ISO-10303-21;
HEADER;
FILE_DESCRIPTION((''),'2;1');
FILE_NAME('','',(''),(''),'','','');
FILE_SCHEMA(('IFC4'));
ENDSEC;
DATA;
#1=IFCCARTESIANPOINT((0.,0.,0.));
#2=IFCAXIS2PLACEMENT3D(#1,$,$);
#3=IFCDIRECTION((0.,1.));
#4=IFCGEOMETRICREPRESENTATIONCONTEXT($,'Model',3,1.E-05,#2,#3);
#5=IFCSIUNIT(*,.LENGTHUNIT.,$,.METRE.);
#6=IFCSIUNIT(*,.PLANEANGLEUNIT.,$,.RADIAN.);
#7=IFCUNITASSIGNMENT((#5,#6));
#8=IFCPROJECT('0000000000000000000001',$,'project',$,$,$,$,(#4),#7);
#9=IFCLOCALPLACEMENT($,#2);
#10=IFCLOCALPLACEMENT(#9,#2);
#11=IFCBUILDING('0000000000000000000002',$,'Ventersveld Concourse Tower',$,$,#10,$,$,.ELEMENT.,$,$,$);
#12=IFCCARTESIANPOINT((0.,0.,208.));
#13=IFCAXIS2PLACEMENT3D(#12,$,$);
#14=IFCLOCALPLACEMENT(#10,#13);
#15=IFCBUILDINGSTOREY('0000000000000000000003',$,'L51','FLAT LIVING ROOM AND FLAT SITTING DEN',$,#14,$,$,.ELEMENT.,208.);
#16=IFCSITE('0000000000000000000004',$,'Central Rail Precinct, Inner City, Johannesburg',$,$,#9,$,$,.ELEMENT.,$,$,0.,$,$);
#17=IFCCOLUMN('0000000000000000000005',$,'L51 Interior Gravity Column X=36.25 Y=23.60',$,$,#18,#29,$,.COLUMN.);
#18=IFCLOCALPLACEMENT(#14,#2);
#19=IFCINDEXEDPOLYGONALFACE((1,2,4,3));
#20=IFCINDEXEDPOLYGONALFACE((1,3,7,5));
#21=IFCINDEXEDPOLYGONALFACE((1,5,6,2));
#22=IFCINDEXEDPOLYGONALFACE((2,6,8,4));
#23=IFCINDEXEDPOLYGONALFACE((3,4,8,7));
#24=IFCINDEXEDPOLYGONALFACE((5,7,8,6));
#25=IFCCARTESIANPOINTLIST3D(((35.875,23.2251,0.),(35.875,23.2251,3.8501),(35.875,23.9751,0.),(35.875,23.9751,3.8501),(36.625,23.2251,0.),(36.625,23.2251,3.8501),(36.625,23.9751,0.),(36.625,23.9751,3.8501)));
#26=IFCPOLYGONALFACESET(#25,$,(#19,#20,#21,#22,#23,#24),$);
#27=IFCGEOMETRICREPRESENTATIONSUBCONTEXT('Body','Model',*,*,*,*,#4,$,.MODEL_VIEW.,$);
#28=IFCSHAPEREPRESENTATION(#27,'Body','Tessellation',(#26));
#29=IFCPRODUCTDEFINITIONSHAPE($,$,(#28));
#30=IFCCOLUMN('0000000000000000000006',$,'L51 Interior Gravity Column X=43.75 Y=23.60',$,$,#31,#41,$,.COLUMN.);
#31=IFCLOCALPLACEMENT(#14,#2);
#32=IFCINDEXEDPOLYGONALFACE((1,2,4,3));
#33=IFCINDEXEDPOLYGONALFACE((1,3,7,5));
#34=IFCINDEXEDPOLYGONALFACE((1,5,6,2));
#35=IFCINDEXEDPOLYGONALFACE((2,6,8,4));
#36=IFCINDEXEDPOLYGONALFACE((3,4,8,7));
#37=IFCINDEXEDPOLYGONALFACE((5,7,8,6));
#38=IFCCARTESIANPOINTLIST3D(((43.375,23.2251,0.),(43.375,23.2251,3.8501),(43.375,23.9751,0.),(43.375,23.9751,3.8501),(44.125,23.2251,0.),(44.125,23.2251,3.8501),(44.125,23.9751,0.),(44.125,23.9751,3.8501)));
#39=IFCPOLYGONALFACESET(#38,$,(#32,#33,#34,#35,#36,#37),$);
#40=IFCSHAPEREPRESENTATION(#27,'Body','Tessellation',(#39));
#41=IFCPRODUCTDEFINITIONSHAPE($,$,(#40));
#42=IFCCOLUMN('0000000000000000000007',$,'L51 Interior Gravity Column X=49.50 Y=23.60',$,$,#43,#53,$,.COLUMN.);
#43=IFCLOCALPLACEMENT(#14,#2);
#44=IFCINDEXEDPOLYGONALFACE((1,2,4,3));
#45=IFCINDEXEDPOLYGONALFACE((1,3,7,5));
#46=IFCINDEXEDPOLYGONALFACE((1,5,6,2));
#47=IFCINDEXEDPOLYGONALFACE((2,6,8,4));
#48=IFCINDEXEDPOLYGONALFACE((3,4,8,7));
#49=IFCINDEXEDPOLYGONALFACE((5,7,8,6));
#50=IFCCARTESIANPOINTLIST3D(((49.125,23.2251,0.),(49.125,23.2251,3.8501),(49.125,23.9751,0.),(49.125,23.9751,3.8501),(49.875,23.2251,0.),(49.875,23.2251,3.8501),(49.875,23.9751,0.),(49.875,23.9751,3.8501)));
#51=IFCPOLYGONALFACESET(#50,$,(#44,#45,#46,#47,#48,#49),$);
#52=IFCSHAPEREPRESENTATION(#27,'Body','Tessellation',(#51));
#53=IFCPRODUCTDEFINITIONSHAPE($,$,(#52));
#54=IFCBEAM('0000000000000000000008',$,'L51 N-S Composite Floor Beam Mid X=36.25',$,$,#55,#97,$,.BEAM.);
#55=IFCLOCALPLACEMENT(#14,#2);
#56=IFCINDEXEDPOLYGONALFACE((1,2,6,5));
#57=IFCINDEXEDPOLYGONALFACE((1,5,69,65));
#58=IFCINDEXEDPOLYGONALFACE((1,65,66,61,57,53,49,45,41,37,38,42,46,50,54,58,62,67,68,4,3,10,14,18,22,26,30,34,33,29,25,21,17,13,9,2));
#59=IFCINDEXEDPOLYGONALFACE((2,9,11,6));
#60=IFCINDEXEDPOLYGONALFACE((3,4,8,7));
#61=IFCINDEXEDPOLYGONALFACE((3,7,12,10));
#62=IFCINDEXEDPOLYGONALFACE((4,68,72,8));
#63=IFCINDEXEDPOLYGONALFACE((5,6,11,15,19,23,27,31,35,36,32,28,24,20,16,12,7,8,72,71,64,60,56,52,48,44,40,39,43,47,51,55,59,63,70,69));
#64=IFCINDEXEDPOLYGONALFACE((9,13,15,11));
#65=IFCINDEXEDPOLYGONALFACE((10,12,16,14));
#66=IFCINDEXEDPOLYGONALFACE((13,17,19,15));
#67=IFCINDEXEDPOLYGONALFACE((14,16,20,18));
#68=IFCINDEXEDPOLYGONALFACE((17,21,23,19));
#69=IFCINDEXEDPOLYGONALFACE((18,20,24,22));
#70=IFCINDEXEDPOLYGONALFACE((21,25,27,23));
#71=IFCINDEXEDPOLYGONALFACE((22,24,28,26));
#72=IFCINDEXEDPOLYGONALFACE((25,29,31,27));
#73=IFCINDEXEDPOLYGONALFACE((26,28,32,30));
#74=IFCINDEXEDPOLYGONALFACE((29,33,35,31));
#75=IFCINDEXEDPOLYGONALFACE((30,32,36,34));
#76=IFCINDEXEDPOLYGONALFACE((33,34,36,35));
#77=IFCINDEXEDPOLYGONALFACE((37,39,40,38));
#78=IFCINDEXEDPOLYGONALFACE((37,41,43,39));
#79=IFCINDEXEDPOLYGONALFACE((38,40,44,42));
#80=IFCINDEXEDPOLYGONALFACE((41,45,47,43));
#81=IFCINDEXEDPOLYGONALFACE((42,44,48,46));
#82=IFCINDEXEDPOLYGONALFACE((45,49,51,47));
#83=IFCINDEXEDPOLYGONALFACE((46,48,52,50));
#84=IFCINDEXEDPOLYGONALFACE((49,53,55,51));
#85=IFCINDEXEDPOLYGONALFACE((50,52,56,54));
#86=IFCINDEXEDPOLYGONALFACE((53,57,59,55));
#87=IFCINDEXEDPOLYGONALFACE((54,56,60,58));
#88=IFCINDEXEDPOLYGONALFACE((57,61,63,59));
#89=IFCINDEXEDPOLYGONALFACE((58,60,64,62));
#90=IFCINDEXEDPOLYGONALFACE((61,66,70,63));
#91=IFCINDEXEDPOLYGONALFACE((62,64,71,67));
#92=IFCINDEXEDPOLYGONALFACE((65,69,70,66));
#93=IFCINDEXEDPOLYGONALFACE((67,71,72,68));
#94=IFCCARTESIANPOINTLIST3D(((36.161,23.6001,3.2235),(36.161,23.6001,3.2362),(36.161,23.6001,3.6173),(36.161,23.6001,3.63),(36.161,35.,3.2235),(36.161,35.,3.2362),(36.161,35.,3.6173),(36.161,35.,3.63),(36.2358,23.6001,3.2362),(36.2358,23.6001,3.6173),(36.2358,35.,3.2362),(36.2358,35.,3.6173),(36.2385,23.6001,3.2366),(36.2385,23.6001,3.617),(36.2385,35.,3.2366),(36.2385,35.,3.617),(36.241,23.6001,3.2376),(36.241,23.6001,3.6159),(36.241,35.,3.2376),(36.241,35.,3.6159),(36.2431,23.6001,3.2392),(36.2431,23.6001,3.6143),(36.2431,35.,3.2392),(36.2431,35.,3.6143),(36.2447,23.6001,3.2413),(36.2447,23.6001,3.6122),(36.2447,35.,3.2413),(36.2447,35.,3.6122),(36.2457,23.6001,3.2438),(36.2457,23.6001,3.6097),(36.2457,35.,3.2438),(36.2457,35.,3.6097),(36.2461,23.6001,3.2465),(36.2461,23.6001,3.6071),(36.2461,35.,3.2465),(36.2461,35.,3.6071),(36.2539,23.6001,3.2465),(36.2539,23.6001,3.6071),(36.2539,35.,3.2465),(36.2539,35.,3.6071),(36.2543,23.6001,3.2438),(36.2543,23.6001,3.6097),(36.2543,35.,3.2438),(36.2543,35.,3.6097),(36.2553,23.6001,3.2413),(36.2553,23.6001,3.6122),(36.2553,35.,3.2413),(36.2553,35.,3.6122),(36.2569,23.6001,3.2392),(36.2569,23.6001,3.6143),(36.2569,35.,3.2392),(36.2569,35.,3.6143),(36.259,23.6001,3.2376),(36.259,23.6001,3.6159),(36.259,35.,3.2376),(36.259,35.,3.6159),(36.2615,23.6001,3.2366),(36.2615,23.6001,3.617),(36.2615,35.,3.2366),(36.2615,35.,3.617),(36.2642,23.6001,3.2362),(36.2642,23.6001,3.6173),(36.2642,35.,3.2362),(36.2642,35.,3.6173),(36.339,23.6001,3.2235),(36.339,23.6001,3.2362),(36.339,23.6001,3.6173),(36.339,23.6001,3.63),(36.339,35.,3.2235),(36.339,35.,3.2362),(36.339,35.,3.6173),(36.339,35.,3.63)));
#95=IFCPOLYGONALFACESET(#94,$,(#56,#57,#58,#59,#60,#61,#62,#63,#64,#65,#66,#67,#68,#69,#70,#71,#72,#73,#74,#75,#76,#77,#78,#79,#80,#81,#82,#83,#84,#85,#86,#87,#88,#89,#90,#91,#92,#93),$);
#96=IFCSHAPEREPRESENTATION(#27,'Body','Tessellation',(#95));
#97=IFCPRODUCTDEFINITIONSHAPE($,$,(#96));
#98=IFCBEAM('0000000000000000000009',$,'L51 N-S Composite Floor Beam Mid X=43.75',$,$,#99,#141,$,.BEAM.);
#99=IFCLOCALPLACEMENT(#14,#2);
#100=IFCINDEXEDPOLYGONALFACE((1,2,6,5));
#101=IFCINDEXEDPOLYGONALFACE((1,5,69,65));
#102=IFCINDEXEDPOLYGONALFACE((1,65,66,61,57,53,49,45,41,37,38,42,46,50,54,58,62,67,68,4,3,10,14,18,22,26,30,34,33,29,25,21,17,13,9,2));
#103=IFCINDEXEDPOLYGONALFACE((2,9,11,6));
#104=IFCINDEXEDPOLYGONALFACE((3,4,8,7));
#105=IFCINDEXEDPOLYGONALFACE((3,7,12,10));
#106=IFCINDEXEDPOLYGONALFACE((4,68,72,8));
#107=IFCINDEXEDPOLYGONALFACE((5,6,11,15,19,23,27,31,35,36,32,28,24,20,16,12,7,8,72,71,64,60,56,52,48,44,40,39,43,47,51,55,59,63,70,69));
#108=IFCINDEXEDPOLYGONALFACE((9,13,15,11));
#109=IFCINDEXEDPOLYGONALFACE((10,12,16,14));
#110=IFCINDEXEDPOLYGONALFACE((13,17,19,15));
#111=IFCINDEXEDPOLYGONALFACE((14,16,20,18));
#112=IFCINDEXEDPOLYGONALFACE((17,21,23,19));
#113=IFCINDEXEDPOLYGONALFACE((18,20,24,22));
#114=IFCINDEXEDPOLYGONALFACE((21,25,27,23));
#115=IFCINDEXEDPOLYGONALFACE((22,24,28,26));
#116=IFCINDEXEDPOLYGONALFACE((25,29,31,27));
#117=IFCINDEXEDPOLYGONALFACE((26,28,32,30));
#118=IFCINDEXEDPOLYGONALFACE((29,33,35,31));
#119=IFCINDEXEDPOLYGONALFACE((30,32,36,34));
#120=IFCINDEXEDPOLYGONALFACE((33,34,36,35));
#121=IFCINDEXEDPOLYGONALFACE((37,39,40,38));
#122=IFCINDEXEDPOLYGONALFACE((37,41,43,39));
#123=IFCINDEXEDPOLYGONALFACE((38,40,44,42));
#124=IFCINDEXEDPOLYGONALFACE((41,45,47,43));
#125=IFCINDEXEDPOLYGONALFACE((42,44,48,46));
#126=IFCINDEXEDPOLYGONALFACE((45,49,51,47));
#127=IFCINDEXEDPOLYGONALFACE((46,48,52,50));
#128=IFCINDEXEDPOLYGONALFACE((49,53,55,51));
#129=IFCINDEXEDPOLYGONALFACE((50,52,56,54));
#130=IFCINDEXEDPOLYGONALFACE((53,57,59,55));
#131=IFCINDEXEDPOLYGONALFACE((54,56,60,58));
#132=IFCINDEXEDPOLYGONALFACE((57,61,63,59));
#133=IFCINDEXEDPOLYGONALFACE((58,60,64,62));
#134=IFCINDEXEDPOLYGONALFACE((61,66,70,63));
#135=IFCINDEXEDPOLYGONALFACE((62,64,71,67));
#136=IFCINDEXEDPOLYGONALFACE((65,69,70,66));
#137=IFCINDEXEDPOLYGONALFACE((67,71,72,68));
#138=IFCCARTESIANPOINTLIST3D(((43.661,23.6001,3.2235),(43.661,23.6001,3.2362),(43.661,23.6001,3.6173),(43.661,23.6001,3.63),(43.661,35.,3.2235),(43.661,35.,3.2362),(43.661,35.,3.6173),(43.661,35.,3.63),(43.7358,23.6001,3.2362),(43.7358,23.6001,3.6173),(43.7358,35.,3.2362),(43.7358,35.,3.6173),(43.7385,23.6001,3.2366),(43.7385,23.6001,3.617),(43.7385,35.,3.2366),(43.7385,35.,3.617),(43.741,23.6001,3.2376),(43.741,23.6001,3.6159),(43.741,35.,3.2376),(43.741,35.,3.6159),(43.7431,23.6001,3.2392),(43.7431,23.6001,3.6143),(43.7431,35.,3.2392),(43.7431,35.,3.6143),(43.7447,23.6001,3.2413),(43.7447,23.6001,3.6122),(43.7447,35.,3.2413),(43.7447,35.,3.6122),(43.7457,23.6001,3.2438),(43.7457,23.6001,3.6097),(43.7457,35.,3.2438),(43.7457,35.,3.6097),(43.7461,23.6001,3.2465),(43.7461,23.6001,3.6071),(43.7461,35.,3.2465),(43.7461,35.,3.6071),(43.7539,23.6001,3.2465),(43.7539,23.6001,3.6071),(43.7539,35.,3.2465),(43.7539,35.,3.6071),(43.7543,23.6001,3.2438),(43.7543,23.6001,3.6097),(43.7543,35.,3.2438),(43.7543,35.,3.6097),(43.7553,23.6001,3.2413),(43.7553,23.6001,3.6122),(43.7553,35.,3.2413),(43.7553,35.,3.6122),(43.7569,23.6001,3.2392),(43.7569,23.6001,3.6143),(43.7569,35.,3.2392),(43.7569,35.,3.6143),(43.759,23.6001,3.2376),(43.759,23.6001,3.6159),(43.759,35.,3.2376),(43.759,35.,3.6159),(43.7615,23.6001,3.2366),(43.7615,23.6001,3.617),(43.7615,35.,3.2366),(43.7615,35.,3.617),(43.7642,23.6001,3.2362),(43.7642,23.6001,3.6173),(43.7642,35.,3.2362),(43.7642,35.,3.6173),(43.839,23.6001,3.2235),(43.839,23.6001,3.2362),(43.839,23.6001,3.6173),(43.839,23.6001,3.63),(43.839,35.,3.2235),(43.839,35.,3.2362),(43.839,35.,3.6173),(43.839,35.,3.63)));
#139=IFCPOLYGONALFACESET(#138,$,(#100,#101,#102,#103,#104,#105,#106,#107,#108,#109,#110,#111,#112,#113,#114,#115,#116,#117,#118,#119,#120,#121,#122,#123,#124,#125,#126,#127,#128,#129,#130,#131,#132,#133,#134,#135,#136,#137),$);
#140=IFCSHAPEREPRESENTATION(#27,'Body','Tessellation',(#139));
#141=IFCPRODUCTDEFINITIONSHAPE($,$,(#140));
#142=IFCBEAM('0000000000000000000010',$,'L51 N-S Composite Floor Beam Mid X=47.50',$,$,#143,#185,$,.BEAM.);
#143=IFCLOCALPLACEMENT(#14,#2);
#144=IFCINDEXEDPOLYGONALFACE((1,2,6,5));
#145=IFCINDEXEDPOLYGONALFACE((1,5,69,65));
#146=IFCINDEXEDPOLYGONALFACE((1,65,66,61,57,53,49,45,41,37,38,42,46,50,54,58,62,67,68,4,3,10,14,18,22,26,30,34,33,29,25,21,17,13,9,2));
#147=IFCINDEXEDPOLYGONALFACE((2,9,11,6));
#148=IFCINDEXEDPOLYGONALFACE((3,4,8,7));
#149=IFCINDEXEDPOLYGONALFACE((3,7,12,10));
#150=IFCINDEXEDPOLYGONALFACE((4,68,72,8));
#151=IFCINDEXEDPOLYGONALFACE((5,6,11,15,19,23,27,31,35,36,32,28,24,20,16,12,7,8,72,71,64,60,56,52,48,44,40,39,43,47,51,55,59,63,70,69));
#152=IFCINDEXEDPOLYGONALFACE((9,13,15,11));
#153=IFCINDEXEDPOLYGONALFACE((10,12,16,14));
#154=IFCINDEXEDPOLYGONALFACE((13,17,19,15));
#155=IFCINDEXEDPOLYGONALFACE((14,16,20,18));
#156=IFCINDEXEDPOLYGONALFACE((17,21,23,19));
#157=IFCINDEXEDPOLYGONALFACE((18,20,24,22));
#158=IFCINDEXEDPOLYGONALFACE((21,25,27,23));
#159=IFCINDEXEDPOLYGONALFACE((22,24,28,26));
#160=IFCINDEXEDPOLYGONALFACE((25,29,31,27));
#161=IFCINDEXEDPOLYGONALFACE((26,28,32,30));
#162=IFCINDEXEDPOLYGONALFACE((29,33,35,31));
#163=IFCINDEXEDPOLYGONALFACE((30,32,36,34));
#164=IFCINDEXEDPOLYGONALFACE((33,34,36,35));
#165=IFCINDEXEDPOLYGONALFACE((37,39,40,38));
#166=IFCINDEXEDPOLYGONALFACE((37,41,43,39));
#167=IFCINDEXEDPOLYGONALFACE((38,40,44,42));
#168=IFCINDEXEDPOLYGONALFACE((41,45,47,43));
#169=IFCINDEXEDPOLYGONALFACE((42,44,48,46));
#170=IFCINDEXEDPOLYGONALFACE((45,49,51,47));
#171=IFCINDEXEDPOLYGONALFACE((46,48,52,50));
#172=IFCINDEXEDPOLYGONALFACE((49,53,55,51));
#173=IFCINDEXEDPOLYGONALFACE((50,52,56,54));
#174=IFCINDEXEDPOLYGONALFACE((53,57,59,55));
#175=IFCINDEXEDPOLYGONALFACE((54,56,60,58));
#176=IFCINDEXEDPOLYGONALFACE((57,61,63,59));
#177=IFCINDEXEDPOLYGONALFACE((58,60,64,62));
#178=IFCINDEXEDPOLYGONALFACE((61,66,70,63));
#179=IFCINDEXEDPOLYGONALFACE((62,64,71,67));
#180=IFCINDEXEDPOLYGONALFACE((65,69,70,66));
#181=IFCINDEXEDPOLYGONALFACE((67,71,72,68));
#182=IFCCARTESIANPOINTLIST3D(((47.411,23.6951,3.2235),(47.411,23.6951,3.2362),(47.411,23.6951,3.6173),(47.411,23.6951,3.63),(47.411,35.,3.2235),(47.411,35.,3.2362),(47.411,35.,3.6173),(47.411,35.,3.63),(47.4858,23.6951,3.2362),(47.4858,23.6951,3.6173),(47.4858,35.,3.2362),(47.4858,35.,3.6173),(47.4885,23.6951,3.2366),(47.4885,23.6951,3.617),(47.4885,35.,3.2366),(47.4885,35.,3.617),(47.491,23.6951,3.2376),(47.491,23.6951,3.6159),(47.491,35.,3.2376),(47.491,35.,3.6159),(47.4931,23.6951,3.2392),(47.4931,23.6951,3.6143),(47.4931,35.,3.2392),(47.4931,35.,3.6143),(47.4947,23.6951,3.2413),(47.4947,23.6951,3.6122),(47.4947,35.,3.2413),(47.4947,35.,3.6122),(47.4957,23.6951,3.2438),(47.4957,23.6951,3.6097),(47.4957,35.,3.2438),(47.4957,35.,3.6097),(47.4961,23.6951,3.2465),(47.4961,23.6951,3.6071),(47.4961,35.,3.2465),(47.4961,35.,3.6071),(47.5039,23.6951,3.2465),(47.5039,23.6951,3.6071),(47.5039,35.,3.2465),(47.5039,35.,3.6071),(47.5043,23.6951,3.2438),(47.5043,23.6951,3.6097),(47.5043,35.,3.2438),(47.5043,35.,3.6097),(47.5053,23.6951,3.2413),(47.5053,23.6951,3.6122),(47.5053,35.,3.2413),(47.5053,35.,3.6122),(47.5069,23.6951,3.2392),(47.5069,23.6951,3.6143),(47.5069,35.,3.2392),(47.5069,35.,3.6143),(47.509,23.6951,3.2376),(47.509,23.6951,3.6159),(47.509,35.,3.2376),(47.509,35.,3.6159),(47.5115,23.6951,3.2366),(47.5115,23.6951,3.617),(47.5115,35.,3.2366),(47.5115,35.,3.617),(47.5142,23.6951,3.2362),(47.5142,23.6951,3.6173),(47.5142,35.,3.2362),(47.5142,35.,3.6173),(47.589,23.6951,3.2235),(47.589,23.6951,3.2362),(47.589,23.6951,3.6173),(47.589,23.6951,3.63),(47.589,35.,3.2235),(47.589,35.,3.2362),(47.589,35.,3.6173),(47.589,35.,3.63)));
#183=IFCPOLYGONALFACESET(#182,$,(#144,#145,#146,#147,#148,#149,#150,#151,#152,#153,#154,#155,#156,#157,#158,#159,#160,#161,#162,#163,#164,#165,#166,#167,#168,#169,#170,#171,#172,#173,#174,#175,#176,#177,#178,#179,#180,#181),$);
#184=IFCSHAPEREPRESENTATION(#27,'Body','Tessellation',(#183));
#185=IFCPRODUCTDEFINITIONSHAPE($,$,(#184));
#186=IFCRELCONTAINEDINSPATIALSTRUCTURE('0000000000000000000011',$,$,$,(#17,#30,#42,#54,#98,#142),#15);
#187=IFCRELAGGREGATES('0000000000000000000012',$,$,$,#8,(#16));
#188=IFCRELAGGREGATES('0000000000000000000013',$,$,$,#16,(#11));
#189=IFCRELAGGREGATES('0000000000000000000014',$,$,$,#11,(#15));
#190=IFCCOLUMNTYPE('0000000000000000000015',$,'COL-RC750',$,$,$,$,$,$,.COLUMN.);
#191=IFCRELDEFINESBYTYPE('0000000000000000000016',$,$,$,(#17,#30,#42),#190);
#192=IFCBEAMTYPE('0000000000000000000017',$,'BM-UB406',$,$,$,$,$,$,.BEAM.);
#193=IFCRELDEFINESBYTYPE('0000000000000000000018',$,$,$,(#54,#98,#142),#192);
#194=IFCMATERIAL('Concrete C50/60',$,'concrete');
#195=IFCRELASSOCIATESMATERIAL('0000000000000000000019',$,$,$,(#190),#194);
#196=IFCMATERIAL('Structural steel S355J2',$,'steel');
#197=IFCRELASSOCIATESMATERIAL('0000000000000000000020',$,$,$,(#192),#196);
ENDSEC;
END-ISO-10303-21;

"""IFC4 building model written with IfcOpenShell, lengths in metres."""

from ifc_helpers import new_model, si_unit, direction, frame, origin, origin_2d, place, context, subcontext, project, spatial, rectangle, i_section, extrude, material, material_profile, profile_set, type_object, element, save


model = new_model("IFC4")

# Units and contexts
model_context = context("Model", 3, precision=1e-05, world=origin(), true_north=direction((0.0, 1.0)))
body_context = subcontext(model_context, "Body", "Model", "MODEL_VIEW")
ifc_project = project(units=[si_unit("LENGTHUNIT", "METRE"), si_unit("PLANEANGLEUNIT", "RADIAN")], contexts=[model_context])

# Site, building, storey
site_placement = place(None, origin())
site = spatial("IfcSite", under=ifc_project, at=site_placement, Name="Central Rail Precinct, Inner City, Johannesburg", CompositionType="ELEMENT", RefElevation=0.0)
building_placement = place(site_placement, origin())
building = spatial("IfcBuilding", under=site, at=building_placement, Name="Ventersveld Concourse Tower", CompositionType="ELEMENT")
storey_placement = place(building_placement, frame((0.0, 0.0, 208.0)))
storey = spatial("IfcBuildingStorey", under=building, at=storey_placement, Name="L51", Description="FLAT LIVING ROOM AND FLAT SITTING DEN", CompositionType="ELEMENT", Elevation=208.0)

# Columns
ifc_material_1 = material(Name="Concrete C50/60", Category="concrete")
ifc_material_profile_1 = material_profile(ifc_material_1, rectangle(XDim=0.75, YDim=0.75, at=origin_2d()), Name="RC 750x750")
ifc_profile_set_1 = profile_set([ifc_material_profile_1], Name="Concrete C50/60")
column_type = type_object("IfcColumnType", Name="COL-RC750", PredefinedType="COLUMN", material=ifc_profile_set_1)
for number, where, z_axis, x_axis, name in (
    (1, (36.25, 23.6001, 0.0), (0.0, 0.0, 1.0), (1.0, 0.0, 0.0), "L51 Interior Gravity Column X=36.25 Y=23.60"),
    (2, (43.75, 23.6001, 0.0), (0.0, 0.0, 1.0), (1.0, 0.0, 0.0), "L51 Interior Gravity Column X=43.75 Y=23.60"),
    (3, (49.5, 23.6001, 0.0), (0.0, 0.0, 1.0), (1.0, 0.0, 0.0), "L51 Interior Gravity Column X=49.50 Y=23.60"),
):
    element("IfcColumn", number, at=place(storey_placement, frame(where, z_axis=z_axis, x_axis=x_axis)), inside=storey, type_object=column_type, Name=name, PredefinedType="COLUMN", context=body_context, shape_type="SweptSolid", body=[
        extrude(rectangle(XDim=0.75, YDim=0.75, at=origin_2d()), origin(), (0.0, 0.0, 1.0), 3.8501),
    ])

# Beams
ifc_material_2 = material(Name="Structural steel S355J2", Category="steel")
ifc_material_profile_2 = material_profile(ifc_material_2, i_section(OverallWidth=0.178, OverallDepth=0.4065, WebThickness=0.0078, FlangeThickness=0.0127, FilletRadius=0.0103, at=origin_2d()), Name="UB 406x178x60")
ifc_profile_set_2 = profile_set([ifc_material_profile_2], Name="Structural steel S355J2")
beam_type_1 = type_object("IfcBeamType", Name="BM-UB406", PredefinedType="BEAM", material=ifc_profile_set_2)
for number, where, z_axis, x_axis, name in (
    (4, (36.25, 23.6001, 3.4268), (0.0, 1.0, 0.0), (-1.0, 0.0, 0.0), "L51 N-S Composite Floor Beam Mid X=36.25"),
    (5, (43.75, 23.6001, 3.4268), (0.0, 1.0, 0.0), (-1.0, 0.0, 0.0), "L51 N-S Composite Floor Beam Mid X=43.75"),
):
    element("IfcBeam", number, at=place(storey_placement, frame(where, z_axis=z_axis, x_axis=x_axis)), inside=storey, type_object=beam_type_1, Name=name, PredefinedType="BEAM", context=body_context, shape_type="SweptSolid", body=[
        extrude(i_section(OverallWidth=0.178, OverallDepth=0.4065, WebThickness=0.0078, FlangeThickness=0.0127, FilletRadius=0.0103, at=origin_2d()), origin(), (0.0, 0.0, 1.0), 11.3999),
    ])
beam_1_placement = place(storey_placement, frame((47.5, 23.6951, 3.4268), z_axis=(0.0, 1.0, 0.0), x_axis=(-1.0, 0.0, 0.0)))
element("IfcBeam", 6, at=beam_1_placement, inside=storey, type_object=beam_type_1, Name="L51 N-S Composite Floor Beam Mid X=47.50", PredefinedType="BEAM", context=body_context, shape_type="SweptSolid", body=[
    extrude(i_section(OverallWidth=0.178, OverallDepth=0.4065, WebThickness=0.0078, FlangeThickness=0.0127, FilletRadius=0.0103, at=origin_2d()), origin(), (0.0, 0.0, 1.0), 11.3049),
])

save(model, "model.ifc")
